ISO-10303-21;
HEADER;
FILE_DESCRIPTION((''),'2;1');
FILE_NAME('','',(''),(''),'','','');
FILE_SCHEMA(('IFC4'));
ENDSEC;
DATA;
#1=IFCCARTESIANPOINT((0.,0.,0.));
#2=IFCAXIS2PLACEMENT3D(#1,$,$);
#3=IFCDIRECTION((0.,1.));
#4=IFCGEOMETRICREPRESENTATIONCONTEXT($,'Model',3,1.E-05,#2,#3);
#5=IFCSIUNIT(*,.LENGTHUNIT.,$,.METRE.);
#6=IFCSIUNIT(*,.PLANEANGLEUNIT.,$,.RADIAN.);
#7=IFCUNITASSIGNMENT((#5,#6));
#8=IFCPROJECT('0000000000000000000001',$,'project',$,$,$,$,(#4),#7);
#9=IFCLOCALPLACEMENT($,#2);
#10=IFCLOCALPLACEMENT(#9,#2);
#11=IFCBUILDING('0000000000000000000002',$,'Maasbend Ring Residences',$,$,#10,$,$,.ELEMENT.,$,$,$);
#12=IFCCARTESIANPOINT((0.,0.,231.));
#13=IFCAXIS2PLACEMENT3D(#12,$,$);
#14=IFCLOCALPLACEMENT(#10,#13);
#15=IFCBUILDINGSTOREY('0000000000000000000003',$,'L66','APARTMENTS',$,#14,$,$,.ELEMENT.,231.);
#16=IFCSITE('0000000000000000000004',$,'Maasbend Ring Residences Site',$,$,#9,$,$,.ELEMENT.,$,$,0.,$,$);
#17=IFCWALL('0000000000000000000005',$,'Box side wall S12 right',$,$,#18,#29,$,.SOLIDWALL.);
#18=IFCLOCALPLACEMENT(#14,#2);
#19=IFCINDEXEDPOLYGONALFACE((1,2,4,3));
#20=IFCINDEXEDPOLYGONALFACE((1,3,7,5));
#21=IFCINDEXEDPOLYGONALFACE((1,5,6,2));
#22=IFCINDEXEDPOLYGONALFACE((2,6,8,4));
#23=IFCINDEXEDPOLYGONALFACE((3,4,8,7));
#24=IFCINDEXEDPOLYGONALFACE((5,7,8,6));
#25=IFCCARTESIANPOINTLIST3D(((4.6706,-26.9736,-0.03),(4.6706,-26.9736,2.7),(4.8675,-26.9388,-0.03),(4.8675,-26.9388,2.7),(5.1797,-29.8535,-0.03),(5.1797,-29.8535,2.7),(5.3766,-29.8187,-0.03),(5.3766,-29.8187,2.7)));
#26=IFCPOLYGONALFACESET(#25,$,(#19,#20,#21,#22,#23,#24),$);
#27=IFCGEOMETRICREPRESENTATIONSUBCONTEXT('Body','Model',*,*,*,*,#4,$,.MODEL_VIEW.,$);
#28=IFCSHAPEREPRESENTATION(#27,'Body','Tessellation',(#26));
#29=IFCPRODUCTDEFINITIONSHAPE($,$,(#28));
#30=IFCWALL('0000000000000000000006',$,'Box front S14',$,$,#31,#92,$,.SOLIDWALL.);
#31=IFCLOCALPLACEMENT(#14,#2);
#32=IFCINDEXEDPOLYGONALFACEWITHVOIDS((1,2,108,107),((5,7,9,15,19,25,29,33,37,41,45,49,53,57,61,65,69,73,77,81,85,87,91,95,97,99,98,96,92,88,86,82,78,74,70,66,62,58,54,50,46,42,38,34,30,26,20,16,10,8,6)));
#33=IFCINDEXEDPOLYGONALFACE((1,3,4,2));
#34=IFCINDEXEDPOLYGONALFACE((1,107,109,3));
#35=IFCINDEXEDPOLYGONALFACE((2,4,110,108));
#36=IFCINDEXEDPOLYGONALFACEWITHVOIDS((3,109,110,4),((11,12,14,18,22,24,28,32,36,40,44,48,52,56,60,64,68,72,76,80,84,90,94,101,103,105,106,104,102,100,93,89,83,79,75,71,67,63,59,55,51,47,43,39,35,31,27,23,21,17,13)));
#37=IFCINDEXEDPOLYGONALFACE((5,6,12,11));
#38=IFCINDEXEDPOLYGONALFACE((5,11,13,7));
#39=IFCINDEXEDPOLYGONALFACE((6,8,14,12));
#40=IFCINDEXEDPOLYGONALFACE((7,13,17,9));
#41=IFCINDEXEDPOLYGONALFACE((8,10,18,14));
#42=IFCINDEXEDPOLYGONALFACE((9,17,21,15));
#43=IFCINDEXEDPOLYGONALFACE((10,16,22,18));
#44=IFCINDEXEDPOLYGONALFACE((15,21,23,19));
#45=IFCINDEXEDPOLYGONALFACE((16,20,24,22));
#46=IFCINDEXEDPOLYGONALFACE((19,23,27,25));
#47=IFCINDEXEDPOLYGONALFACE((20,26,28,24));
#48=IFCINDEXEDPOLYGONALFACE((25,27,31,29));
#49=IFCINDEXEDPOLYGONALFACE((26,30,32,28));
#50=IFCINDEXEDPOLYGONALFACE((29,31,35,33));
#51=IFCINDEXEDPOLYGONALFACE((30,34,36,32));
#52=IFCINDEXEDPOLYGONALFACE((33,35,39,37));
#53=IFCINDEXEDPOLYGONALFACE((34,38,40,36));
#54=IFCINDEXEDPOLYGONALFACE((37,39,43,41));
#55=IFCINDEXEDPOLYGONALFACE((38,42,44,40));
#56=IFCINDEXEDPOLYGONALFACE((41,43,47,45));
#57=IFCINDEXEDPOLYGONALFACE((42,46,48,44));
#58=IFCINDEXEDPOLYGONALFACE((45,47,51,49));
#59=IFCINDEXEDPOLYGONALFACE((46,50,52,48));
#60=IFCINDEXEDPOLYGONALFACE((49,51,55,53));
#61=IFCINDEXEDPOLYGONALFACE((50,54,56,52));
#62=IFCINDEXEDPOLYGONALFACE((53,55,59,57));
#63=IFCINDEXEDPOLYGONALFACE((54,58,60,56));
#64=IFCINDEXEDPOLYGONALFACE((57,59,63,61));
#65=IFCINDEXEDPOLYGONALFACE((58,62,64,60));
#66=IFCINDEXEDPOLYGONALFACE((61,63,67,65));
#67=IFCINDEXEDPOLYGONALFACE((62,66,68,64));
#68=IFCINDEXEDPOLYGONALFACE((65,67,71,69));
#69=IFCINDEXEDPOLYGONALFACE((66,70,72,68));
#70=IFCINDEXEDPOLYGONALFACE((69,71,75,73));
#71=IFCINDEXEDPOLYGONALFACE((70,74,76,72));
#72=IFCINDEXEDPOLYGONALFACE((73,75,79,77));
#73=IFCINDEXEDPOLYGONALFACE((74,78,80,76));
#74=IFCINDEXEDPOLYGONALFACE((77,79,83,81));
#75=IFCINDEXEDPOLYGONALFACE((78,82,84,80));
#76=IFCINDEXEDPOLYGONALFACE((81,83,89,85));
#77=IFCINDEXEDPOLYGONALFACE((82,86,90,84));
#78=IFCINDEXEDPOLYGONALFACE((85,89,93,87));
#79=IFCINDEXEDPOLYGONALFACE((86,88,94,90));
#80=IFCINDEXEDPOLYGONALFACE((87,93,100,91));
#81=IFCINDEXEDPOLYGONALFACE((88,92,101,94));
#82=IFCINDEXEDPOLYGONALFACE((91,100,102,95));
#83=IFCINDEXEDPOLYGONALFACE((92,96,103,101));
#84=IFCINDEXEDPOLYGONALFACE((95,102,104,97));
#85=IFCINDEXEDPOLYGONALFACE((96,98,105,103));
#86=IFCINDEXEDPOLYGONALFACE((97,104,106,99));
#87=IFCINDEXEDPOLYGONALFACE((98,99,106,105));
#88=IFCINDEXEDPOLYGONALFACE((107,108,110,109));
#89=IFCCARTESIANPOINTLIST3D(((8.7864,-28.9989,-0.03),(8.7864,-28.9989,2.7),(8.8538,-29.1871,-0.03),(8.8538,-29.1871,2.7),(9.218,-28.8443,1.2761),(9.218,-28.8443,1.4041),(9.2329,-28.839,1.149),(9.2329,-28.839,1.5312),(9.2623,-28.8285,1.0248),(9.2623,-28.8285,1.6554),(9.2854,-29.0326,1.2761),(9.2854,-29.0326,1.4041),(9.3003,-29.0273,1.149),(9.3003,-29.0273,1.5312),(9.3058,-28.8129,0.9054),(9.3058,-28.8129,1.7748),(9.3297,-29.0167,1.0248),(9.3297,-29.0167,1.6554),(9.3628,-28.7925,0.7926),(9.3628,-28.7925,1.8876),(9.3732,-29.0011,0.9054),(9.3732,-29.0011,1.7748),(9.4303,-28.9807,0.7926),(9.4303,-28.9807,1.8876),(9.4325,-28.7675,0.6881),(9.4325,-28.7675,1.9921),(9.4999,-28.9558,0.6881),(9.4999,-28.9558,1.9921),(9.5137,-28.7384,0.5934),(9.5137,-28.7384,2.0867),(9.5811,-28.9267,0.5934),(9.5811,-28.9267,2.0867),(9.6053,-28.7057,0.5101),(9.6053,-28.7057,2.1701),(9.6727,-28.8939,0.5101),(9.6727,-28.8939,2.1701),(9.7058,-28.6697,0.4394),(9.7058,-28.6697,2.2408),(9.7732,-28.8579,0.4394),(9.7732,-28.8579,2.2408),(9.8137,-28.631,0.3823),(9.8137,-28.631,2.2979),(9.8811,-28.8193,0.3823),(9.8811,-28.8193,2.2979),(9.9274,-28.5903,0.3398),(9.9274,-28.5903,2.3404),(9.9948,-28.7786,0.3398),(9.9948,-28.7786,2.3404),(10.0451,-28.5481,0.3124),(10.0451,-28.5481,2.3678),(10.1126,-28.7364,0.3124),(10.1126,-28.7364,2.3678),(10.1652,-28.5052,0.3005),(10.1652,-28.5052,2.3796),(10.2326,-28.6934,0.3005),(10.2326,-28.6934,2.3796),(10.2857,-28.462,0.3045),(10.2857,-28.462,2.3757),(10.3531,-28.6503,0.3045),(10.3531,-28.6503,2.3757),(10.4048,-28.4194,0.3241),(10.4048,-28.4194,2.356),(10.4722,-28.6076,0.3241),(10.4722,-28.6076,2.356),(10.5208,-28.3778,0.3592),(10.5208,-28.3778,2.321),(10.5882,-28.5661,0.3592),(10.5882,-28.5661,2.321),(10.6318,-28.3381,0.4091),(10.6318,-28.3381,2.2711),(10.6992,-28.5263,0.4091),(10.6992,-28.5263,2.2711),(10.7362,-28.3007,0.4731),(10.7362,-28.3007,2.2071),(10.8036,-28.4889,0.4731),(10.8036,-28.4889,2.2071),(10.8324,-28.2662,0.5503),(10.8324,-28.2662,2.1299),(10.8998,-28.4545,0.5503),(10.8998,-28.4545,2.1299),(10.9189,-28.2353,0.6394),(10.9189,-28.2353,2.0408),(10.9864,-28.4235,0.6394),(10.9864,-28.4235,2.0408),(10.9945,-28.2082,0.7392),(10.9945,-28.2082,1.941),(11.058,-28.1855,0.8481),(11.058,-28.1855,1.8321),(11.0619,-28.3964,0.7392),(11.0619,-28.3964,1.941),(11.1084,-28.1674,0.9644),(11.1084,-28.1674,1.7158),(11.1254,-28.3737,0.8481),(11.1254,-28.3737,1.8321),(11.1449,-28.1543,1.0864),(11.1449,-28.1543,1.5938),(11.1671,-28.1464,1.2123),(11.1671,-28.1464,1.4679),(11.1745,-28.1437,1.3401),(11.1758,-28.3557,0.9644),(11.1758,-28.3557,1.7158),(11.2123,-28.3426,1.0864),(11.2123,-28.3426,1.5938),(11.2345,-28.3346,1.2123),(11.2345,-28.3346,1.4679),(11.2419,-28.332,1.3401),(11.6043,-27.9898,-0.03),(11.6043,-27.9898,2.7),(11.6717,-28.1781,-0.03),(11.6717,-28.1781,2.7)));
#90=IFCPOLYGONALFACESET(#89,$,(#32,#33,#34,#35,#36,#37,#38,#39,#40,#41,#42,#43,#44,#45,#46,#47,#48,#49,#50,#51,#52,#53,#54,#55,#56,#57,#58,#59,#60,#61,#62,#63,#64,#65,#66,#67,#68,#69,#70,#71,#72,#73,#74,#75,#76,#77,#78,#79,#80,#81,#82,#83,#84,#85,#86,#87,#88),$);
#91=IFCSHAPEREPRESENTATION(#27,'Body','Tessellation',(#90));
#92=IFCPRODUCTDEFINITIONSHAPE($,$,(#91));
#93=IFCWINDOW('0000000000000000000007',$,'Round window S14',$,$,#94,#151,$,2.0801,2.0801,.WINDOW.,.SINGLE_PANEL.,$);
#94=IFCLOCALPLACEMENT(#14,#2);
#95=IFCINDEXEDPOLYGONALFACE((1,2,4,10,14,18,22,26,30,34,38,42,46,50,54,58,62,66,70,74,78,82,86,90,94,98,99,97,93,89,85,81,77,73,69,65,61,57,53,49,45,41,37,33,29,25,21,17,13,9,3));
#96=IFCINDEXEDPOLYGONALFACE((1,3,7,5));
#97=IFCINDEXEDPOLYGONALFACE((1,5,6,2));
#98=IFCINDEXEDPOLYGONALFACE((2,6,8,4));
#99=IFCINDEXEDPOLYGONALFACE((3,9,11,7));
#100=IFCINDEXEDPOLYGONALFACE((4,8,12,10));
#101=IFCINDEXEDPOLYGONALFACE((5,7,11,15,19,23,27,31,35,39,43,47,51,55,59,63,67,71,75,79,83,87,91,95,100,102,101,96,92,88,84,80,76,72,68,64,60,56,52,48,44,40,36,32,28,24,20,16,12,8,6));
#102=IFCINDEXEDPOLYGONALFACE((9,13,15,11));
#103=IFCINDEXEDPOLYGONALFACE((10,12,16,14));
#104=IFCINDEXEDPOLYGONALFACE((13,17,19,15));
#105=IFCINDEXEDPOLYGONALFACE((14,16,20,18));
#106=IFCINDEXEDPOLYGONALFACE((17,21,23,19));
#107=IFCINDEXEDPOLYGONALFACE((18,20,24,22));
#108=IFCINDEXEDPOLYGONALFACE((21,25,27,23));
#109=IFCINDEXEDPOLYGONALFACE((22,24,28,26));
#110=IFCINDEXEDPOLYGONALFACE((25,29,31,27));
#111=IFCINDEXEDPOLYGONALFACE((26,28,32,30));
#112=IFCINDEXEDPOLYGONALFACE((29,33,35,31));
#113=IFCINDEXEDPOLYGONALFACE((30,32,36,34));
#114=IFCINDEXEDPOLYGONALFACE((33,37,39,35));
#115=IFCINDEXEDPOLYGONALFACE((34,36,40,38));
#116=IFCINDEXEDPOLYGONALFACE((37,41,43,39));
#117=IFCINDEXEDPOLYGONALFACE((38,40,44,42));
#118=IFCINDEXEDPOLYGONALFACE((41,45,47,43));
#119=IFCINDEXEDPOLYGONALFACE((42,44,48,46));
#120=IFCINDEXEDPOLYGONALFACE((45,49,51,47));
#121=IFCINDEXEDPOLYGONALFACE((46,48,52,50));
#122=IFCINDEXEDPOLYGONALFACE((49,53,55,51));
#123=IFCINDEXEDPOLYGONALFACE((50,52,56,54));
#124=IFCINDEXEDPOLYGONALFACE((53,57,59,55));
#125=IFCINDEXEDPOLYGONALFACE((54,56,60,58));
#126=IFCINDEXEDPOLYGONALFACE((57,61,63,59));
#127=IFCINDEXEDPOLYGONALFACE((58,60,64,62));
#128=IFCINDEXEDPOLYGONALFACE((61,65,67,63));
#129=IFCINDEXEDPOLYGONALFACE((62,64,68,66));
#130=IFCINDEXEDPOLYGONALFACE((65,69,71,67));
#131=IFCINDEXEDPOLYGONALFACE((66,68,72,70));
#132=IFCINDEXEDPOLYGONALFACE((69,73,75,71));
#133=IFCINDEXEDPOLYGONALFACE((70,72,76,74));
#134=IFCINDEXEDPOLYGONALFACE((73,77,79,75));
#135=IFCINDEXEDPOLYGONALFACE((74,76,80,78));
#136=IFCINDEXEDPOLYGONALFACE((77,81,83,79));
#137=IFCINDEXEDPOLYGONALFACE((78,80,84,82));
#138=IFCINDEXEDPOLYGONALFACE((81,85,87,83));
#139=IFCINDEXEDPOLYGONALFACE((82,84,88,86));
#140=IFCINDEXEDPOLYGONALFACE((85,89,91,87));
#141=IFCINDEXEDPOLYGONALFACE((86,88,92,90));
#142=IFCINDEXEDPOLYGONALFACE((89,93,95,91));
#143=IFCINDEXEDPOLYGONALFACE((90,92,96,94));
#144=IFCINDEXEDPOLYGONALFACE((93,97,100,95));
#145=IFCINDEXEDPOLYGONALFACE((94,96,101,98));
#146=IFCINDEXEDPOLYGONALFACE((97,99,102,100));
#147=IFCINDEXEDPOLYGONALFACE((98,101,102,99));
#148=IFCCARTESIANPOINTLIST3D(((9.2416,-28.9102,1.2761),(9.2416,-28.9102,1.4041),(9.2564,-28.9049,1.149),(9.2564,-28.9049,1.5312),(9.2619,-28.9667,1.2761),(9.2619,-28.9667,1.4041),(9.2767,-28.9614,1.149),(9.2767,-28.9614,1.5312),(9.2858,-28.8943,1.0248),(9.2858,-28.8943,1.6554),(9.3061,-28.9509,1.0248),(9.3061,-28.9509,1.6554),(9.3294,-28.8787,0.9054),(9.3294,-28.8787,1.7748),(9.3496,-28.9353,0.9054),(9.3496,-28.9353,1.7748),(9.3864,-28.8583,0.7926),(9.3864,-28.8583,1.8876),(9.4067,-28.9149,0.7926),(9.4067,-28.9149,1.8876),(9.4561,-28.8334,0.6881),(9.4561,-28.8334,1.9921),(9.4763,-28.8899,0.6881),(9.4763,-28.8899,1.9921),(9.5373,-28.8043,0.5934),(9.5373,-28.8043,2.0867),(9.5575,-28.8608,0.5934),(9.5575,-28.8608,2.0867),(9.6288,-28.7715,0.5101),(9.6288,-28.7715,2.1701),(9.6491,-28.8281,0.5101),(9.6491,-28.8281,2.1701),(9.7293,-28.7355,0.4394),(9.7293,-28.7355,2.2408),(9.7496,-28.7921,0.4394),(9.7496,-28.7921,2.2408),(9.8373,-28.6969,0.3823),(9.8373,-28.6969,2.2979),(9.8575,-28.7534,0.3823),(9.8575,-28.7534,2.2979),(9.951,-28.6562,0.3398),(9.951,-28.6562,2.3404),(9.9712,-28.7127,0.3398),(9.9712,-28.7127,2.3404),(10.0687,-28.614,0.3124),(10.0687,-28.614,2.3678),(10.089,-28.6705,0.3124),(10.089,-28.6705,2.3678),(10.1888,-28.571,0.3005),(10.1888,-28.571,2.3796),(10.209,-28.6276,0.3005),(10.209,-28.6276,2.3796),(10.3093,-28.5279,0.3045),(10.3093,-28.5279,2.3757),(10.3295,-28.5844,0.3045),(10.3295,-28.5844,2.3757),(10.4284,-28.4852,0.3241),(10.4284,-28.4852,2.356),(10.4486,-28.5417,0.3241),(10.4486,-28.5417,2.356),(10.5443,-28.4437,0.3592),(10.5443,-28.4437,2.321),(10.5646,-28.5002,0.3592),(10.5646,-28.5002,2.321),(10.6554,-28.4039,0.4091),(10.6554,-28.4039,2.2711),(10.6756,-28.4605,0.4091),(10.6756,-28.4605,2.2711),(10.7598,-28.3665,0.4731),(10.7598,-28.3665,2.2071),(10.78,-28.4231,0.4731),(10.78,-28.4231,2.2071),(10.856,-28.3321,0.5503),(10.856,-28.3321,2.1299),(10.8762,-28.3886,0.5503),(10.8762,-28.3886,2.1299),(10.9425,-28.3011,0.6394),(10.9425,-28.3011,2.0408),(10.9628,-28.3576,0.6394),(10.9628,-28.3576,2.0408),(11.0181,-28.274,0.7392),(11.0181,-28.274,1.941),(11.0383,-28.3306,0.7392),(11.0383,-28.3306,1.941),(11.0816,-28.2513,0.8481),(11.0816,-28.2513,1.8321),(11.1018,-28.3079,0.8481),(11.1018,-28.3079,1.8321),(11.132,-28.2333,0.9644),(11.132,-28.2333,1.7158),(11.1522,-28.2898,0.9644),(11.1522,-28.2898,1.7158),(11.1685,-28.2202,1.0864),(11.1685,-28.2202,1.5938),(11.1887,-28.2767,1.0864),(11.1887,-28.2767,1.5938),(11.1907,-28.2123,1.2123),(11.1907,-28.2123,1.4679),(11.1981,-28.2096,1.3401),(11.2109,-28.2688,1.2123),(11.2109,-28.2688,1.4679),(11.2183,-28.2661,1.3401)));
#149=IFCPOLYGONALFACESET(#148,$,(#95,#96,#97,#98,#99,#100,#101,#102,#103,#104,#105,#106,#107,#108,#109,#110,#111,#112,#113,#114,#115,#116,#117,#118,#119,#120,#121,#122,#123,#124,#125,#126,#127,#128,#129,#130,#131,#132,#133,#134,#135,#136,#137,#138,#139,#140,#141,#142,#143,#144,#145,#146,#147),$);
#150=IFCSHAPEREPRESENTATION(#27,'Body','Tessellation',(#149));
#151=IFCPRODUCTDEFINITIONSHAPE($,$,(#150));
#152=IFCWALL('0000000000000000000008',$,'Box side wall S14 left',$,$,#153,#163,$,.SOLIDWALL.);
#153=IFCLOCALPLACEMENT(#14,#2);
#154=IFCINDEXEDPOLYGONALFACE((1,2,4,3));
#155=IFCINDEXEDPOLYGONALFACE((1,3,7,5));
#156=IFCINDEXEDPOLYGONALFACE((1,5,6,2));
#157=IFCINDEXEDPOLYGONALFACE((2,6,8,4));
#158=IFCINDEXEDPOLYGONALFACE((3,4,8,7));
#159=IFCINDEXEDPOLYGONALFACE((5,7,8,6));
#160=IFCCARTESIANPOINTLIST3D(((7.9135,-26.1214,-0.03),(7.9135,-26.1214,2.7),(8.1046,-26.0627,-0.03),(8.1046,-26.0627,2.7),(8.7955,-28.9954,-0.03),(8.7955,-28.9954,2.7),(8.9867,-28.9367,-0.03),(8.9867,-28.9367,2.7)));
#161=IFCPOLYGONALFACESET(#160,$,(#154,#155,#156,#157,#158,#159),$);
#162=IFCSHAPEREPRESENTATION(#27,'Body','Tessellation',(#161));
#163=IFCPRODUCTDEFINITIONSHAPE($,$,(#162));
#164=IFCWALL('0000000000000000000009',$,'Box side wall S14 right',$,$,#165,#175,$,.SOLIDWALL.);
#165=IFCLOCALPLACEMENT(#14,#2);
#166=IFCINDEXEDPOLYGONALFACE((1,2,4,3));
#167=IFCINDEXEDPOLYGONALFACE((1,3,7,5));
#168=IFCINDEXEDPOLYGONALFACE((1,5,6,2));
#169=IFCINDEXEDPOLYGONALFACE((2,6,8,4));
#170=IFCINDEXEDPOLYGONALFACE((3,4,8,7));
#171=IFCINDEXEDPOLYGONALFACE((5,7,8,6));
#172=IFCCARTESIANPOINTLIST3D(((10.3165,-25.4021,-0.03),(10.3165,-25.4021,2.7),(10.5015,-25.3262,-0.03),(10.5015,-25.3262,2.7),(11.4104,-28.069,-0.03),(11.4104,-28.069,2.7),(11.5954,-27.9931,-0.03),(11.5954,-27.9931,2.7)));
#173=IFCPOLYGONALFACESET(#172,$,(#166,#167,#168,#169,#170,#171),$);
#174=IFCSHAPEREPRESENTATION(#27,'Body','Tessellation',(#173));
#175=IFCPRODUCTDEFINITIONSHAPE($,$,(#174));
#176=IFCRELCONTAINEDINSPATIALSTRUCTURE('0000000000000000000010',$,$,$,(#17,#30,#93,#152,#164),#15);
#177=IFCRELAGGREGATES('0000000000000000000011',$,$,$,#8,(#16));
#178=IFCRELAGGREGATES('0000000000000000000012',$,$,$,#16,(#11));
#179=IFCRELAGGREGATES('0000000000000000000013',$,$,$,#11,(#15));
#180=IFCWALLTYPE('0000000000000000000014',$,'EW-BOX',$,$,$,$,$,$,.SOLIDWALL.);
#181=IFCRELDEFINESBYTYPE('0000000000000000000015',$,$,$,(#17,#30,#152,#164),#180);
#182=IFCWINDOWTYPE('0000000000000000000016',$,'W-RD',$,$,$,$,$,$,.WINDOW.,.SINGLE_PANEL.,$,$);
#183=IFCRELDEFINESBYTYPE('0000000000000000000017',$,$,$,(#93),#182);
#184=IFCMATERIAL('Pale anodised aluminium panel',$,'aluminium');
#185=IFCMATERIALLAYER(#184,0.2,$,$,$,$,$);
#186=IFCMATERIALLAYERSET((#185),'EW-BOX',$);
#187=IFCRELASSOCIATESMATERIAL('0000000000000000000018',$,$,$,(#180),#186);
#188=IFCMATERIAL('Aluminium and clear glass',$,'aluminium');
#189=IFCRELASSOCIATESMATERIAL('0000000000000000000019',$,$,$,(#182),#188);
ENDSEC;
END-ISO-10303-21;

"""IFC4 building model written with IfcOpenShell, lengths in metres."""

from ifc_helpers import new_model, si_unit, direction, frame, frame_2d, origin, place, context, subcontext, project, spatial, rectangle, circle, extrude, material, layer, layer_set, type_object, element, fill, save


model = new_model("IFC4")

# Units and contexts
model_context = context("Model", 3, precision=1e-05, world=origin(), true_north=direction((0.0, 1.0)))
body_context = subcontext(model_context, "Body", "Model", "MODEL_VIEW")
ifc_project = project(units=[si_unit("LENGTHUNIT", "METRE"), si_unit("PLANEANGLEUNIT", "RADIAN")], contexts=[model_context])

# Site, building, storey
site_placement = place(None, origin())
site = spatial("IfcSite", under=ifc_project, at=site_placement, Name="Maasbend Ring Residences Site", CompositionType="ELEMENT", RefElevation=0.0)
building_placement = place(site_placement, origin())
building = spatial("IfcBuilding", under=site, at=building_placement, Name="Maasbend Ring Residences", CompositionType="ELEMENT")
storey_placement = place(building_placement, frame((0.0, 0.0, 231.0)))
storey = spatial("IfcBuildingStorey", under=building, at=storey_placement, Name="L66", Description="APARTMENTS", CompositionType="ELEMENT", Elevation=231.0)

# Shared definitions
ifc_material_1 = material(Name="Pale anodised aluminium panel", Category="aluminium")
ifc_layer_1 = layer(ifc_material_1, 0.2)
ifc_layer_set_1 = layer_set([ifc_layer_1], Name="EW-BOX")
wall_type_1 = type_object("IfcWallType", Name="EW-BOX", PredefinedType="SOLIDWALL", material=ifc_layer_set_1)
ifc_material_2 = material(Name="Aluminium and clear glass", Category="aluminium")
window_type_1 = type_object("IfcWindowType", Name="W-RD", PartitioningType="SINGLE_PANEL", PredefinedType="WINDOW", material=ifc_material_2)

# Wall
wall_1_placement = place(storey_placement, frame((4.769, -26.9561, -0.03), z_axis=(0.0, 0.0, 1.0), x_axis=(0.174057, -0.984736, 0.0)))
element("IfcWall", 1, at=wall_1_placement, inside=storey, type_object=wall_type_1, Name="Box side wall S12 right", PredefinedType="SOLIDWALL", context=body_context, shape_type="SweptSolid", body=[
    extrude(rectangle(XDim=2.9246, YDim=0.2, at=frame_2d((1.4624, 0.0))), origin(), (0.0, 0.0, 1.0), 2.73),
])

# Wall, opening, window
wall_2_placement = place(storey_placement, frame((8.8201, -29.093, -0.03), z_axis=(0.0, 0.0, 1.0), x_axis=(0.941461, 0.337122, 0.0)))
wall_2 = element("IfcWall", 2, at=wall_2_placement, inside=storey, type_object=wall_type_1, Name="Box front S14", PredefinedType="SOLIDWALL", context=body_context, shape_type="SweptSolid", body=[
    extrude(rectangle(XDim=2.9932, YDim=0.2, at=frame_2d((1.4966, 0.0))), origin(), (0.0, 0.0, 1.0), 2.73),
])
opening_1_placement = place(wall_2_placement, frame((0.4565, 0.0, 0.3301)))
opening_1 = element("IfcOpeningElement", 3, at=opening_1_placement, cuts=wall_2, PredefinedType="OPENING", context=body_context, shape_type="SweptSolid", body=[
    extrude(circle(Radius=1.04, at=frame_2d((1.04, 1.04))), frame((0.0, 0.1099, 0.0), z_axis=(0.0, -1.0, 0.0), x_axis=(1.0, 0.0, 0.0)), (0.0, 0.0, 1.0), 0.22),
])
window_1_placement = place(opening_1_placement, origin())
window_1 = element("IfcWindow", 4, at=window_1_placement, inside=storey, type_object=window_type_1, Name="Round window S14", OverallHeight=2.0801, OverallWidth=2.0801, PartitioningType="SINGLE_PANEL", PredefinedType="WINDOW", context=body_context, shape_type="SweptSolid", body=[
    extrude(circle(Radius=1.04, at=frame_2d((1.04, 1.04))), frame((0.0, 0.03, 0.0), z_axis=(0.0, -1.0, 0.0), x_axis=(1.0, 0.0, 0.0)), (0.0, 0.0, 1.0), 0.0601),
])
fill(opening_1, window_1)

# Walls
wall_3_placement = place(storey_placement, frame((8.009, -26.092, -0.03), z_axis=(0.0, 0.0, 1.0), x_axis=(0.293407, -0.955988, 0.0)))
element("IfcWall", 5, at=wall_3_placement, inside=storey, type_object=wall_type_1, Name="Box side wall S14 left", PredefinedType="SOLIDWALL", context=body_context, shape_type="SweptSolid", body=[
    extrude(rectangle(XDim=3.0063, YDim=0.2, at=frame_2d((1.5032, 0.0))), origin(), (0.0, 0.0, 1.0), 2.73),
])
wall_4_placement = place(storey_placement, frame((10.4089, -25.364, -0.03), z_axis=(0.0, 0.0, 1.0), x_axis=(0.37951, -0.925188, 0.0)))
element("IfcWall", 6, at=wall_4_placement, inside=storey, type_object=wall_type_1, Name="Box side wall S14 right", PredefinedType="SOLIDWALL", context=body_context, shape_type="SweptSolid", body=[
    extrude(rectangle(XDim=2.8826, YDim=0.2, at=frame_2d((1.4414, 0.0))), origin(), (0.0, 0.0, 1.0), 2.73),
])

save(model, "model.ifc")
